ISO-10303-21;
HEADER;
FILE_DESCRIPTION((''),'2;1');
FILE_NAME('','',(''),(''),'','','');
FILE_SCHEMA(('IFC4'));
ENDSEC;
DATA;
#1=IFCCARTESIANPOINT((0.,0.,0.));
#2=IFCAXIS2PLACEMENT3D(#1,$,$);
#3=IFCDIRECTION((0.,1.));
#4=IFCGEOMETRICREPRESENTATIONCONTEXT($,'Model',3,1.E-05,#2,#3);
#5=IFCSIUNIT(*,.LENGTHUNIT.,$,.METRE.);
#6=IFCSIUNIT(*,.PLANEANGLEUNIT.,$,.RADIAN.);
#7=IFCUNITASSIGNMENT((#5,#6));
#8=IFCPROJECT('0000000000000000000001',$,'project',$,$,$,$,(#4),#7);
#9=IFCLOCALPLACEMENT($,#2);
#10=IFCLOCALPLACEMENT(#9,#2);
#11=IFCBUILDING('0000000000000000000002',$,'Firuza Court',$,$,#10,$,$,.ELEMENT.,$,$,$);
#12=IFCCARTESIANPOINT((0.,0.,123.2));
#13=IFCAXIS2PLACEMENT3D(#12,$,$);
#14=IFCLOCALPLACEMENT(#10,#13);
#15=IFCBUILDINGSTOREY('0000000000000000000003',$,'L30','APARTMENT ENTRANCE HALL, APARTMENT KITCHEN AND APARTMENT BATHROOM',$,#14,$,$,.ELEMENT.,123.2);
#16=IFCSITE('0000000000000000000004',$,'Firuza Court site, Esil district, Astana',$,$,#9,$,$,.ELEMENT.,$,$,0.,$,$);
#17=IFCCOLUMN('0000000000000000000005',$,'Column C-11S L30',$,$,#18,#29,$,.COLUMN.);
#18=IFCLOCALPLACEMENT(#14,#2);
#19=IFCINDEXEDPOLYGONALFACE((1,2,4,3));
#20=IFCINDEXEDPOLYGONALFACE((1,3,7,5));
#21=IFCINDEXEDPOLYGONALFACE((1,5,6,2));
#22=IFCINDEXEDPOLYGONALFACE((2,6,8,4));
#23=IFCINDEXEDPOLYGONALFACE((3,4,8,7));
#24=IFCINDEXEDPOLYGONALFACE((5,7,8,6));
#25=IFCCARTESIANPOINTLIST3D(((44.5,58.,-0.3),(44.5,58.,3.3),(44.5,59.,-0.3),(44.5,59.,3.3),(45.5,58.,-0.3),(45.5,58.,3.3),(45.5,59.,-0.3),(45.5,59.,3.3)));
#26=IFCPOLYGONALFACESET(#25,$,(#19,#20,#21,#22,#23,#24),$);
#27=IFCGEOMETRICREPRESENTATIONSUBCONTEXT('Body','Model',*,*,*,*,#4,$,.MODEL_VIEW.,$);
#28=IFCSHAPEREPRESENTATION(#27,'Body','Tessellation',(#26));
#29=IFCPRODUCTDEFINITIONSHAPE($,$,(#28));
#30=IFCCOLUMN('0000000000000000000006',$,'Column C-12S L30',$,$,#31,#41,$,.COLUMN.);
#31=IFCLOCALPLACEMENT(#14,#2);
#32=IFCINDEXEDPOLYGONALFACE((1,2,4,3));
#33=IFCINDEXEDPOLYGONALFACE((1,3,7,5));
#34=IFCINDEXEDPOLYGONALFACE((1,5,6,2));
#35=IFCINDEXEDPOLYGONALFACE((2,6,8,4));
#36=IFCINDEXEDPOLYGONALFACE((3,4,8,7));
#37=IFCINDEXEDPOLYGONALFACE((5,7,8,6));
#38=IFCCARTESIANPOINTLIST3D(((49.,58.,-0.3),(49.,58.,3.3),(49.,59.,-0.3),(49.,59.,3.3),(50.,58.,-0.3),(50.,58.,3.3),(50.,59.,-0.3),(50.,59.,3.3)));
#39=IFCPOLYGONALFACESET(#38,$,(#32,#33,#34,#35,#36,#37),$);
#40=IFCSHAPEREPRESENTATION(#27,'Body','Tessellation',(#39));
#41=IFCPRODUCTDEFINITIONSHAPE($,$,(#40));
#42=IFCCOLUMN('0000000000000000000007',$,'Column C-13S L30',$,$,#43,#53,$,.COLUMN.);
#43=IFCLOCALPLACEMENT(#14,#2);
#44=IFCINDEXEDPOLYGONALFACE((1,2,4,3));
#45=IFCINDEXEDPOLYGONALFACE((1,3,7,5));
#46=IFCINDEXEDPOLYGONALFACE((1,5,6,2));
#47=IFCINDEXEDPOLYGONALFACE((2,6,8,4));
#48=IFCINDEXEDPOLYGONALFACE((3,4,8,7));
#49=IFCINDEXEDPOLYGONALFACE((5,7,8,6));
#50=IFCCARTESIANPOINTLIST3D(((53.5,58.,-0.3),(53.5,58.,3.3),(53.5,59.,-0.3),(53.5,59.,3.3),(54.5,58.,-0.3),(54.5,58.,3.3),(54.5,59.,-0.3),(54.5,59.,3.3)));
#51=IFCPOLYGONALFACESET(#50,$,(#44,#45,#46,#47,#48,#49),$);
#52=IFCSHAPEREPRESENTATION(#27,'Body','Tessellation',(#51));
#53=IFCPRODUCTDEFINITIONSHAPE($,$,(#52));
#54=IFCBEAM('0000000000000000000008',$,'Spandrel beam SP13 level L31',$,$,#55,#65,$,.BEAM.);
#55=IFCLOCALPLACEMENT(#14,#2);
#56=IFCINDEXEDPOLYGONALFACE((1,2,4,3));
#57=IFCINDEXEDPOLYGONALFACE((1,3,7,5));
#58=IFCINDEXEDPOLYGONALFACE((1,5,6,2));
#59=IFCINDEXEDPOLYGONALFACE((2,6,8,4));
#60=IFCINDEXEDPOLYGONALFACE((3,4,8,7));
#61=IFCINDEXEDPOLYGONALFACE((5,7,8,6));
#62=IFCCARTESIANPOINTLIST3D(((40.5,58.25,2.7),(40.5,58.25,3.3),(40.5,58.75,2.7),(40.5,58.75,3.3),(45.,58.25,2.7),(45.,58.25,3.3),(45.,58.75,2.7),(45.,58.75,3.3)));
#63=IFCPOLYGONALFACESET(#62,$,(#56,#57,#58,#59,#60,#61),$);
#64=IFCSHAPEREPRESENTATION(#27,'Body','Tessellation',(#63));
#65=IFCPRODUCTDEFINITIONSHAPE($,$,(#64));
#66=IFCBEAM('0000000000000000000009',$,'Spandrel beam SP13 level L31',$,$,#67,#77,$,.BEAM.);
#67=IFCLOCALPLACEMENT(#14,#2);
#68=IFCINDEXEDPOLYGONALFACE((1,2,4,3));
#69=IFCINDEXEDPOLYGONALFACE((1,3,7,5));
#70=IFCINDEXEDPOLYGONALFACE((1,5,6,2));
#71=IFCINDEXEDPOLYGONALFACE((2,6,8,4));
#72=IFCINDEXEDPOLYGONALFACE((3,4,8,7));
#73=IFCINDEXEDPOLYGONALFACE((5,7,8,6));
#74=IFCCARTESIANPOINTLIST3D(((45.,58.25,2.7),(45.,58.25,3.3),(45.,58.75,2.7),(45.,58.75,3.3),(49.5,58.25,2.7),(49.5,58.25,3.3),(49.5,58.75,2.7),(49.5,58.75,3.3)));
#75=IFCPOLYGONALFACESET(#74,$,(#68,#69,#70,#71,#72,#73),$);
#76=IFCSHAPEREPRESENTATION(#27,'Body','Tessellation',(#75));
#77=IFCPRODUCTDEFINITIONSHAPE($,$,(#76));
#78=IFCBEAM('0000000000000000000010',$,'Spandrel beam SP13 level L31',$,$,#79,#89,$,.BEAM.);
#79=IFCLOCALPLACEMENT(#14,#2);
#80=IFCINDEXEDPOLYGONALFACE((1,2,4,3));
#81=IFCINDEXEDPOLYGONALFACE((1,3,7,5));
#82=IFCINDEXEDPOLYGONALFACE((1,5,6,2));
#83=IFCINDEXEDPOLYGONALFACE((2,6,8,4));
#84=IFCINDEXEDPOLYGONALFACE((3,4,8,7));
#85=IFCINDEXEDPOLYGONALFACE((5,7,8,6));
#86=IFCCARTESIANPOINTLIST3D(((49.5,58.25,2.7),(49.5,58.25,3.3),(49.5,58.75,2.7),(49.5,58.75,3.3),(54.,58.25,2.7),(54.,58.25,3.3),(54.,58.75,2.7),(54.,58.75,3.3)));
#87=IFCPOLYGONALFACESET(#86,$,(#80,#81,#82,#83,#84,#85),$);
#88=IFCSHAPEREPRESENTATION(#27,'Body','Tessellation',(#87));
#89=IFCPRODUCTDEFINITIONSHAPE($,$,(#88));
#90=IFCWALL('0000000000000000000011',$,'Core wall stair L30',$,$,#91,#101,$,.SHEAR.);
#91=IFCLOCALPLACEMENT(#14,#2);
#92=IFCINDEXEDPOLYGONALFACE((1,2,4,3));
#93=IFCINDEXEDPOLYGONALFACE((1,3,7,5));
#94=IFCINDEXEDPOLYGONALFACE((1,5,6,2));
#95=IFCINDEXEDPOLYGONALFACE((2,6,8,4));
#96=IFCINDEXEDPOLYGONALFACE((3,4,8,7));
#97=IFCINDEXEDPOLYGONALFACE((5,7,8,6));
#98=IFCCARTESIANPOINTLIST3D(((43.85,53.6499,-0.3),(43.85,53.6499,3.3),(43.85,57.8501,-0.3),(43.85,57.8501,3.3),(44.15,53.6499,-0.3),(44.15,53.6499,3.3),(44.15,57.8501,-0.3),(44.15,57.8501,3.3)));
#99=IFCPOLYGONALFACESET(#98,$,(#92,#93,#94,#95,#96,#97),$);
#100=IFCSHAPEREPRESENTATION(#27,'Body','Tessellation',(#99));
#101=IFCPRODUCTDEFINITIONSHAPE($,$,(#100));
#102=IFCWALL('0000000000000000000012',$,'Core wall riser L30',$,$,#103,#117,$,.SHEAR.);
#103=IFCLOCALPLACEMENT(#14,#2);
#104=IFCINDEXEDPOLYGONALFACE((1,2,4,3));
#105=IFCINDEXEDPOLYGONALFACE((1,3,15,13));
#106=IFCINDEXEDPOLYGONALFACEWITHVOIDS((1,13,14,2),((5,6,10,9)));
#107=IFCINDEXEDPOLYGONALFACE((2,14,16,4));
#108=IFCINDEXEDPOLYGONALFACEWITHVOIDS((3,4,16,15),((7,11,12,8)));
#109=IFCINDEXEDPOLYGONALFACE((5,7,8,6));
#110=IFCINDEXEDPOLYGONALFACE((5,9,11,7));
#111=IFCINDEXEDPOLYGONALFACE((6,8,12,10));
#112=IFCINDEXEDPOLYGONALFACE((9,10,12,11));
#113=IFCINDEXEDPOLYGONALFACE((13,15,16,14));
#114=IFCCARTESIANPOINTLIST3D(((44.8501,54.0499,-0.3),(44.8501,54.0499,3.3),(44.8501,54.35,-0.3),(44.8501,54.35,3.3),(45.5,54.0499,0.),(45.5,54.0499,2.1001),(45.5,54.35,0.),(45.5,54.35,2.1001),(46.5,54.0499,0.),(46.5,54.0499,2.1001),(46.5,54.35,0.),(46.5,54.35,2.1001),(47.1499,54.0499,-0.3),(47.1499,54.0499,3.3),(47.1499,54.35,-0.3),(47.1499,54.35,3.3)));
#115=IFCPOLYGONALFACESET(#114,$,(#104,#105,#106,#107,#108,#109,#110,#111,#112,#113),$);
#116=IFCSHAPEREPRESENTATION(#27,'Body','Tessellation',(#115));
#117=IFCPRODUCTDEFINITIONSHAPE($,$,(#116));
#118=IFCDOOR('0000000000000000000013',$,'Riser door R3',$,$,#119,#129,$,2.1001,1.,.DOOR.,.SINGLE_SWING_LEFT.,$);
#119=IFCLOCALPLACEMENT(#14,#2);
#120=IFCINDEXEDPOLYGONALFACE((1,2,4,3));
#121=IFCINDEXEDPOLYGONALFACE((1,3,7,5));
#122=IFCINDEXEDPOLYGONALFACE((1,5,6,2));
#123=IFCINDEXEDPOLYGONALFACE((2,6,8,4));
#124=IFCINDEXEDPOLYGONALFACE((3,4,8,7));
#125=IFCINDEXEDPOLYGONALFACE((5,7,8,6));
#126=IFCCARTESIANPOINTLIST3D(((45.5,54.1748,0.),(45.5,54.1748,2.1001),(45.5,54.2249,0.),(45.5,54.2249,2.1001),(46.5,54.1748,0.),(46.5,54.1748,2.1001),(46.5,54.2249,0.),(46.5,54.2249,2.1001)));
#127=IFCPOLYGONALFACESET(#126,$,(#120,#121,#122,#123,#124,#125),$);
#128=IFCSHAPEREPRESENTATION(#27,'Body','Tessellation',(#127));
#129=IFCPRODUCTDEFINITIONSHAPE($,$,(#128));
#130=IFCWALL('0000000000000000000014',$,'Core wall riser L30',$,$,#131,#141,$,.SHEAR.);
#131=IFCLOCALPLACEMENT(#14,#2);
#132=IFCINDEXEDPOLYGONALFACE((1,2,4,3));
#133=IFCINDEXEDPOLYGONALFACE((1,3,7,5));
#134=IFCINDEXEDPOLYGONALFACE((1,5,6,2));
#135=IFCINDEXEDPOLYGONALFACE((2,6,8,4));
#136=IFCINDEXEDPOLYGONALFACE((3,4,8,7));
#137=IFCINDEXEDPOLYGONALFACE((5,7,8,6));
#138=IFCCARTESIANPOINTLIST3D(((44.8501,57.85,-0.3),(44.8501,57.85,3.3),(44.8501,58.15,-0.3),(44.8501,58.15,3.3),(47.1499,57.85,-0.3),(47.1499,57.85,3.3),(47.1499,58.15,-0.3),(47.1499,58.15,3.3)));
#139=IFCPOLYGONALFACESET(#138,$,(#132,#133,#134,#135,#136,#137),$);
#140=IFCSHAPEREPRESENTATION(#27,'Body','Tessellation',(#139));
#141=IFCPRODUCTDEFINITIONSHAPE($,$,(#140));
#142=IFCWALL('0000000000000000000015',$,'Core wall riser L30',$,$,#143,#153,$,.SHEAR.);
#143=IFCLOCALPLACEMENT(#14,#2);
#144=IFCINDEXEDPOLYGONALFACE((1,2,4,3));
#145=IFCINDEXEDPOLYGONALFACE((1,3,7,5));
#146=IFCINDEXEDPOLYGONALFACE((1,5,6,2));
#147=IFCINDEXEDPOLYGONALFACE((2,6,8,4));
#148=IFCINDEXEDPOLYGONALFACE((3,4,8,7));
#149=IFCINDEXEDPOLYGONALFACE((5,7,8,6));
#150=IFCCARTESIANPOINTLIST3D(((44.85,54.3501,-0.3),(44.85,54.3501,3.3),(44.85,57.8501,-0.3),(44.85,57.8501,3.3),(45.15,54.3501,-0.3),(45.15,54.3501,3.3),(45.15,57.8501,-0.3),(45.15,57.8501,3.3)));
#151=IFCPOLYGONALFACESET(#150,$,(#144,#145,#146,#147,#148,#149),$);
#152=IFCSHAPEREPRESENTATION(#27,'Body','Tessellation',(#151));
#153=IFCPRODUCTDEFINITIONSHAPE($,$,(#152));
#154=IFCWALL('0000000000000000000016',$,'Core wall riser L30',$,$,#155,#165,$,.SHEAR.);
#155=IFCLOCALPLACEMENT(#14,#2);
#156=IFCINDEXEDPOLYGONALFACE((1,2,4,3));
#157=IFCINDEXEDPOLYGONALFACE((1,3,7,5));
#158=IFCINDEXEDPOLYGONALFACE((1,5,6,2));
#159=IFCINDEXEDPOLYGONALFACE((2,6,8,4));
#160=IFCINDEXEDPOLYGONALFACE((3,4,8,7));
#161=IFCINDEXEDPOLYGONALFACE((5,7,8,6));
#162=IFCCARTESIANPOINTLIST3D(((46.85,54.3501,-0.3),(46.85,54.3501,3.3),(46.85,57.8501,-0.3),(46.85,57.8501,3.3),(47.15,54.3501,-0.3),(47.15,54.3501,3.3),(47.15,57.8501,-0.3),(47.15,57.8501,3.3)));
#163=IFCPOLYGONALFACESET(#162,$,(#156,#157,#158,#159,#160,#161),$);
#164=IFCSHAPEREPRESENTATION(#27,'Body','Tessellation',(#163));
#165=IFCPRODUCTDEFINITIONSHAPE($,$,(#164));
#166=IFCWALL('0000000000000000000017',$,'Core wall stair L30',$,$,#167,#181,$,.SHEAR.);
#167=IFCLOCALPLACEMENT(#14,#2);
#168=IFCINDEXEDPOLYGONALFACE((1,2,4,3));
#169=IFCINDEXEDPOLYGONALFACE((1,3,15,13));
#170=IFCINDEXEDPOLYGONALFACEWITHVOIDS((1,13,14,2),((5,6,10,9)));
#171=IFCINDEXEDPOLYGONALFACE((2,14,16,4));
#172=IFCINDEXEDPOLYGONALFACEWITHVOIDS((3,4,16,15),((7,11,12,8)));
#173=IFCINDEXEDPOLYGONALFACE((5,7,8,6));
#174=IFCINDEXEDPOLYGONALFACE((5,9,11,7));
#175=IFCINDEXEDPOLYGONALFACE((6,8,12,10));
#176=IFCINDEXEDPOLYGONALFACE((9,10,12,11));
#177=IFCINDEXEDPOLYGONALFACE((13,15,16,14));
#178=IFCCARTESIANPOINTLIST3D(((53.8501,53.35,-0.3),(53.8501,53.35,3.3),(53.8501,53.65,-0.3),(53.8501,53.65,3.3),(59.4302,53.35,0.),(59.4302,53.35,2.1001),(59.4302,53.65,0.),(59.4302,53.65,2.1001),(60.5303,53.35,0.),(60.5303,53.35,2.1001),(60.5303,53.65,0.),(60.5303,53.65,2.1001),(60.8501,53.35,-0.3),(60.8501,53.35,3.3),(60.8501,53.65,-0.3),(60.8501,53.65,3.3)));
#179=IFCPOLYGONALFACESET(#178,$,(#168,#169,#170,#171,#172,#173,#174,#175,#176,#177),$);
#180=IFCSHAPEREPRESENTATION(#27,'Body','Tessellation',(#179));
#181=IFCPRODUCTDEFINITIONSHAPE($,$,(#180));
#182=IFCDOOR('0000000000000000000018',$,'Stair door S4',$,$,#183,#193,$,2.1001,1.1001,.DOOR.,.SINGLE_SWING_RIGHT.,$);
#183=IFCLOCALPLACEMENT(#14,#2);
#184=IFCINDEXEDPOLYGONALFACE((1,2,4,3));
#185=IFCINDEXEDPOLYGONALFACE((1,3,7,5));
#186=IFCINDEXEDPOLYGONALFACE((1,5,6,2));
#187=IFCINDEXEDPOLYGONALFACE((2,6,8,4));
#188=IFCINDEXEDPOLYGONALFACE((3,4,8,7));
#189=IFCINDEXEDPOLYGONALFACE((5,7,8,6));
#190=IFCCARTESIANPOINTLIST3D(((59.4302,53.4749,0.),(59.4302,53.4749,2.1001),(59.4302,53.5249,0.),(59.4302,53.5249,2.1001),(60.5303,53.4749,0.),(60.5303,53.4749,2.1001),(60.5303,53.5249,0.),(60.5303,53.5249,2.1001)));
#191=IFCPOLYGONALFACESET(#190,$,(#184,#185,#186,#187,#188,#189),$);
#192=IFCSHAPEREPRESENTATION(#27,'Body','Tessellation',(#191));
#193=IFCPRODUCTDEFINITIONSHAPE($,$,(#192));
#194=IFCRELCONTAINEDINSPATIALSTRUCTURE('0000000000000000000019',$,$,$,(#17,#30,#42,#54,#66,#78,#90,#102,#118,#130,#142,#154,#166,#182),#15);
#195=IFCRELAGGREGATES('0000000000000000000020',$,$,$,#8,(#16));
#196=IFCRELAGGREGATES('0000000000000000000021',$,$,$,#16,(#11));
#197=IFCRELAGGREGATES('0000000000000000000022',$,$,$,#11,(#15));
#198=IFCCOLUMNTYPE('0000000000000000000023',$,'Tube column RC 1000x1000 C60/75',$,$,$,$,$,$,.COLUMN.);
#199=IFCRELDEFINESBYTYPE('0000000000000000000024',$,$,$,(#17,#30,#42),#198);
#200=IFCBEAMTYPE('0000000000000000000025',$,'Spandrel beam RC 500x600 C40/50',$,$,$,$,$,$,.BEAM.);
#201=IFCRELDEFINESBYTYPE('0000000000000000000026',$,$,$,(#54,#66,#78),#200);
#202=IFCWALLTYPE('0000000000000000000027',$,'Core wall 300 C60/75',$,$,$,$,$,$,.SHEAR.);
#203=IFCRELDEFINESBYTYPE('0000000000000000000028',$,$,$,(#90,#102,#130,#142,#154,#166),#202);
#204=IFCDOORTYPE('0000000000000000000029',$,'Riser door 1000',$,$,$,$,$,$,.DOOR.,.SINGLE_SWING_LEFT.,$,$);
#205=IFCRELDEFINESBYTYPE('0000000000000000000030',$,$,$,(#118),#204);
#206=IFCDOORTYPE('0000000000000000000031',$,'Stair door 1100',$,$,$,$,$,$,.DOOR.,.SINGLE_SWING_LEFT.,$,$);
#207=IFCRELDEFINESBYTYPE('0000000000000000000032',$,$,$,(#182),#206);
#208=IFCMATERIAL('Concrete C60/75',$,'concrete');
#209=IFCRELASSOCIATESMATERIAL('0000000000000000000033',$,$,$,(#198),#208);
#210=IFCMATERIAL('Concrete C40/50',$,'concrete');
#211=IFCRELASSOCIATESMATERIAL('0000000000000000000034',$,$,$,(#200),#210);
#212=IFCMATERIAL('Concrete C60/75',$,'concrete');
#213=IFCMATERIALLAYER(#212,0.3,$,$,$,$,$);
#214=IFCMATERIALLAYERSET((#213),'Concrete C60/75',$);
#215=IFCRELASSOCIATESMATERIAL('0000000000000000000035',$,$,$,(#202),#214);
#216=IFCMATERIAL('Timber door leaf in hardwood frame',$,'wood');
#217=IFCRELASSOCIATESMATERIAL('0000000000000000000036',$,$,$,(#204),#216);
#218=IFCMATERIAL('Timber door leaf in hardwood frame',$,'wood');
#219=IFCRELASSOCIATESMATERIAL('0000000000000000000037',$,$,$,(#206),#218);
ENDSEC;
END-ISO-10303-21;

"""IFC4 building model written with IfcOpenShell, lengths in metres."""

from ifc_helpers import new_model, si_unit, direction, frame, frame_2d, origin, origin_2d, place, context, subcontext, project, spatial, rectangle, extrude, material, layer, layer_set, material_profile, profile_set, type_object, element, fill, save


model = new_model("IFC4")

# Units and contexts
model_context = context("Model", 3, precision=1e-05, world=origin(), true_north=direction((0.0, 1.0)))
body_context = subcontext(model_context, "Body", "Model", "MODEL_VIEW")
ifc_project = project(units=[si_unit("LENGTHUNIT", "METRE"), si_unit("PLANEANGLEUNIT", "RADIAN")], contexts=[model_context])

# Site, building, storey
site_placement = place(None, origin())
site = spatial("IfcSite", under=ifc_project, at=site_placement, Name="Firuza Court site, Esil district, Astana", CompositionType="ELEMENT", RefElevation=0.0)
building_placement = place(site_placement, origin())
building = spatial("IfcBuilding", under=site, at=building_placement, Name="Firuza Court", CompositionType="ELEMENT")
storey_placement = place(building_placement, frame((0.0, 0.0, 123.2)))
storey = spatial("IfcBuildingStorey", under=building, at=storey_placement, Name="L30", Description="APARTMENT ENTRANCE HALL, APARTMENT KITCHEN AND APARTMENT BATHROOM", CompositionType="ELEMENT", Elevation=123.2)

# Columns
ifc_material_1 = material(Name="Concrete C60/75", Category="concrete")
ifc_material_profile_1 = material_profile(ifc_material_1, rectangle(XDim=1.0, YDim=1.0, at=origin_2d()), Name="RC 1000x1000")
ifc_profile_set_1 = profile_set([ifc_material_profile_1], Name="Concrete C60/75")
column_type = type_object("IfcColumnType", Name="Tube column RC 1000x1000 C60/75", PredefinedType="COLUMN", material=ifc_profile_set_1)
for number, where, z_axis, x_axis, name in (
    (1, (45.0, 58.5, -0.3), (0.0, 0.0, 1.0), (1.0, 0.0, 0.0), "Column C-11S L30"),
    (2, (49.5, 58.5, -0.3), (0.0, 0.0, 1.0), (1.0, 0.0, 0.0), "Column C-12S L30"),
    (3, (54.0, 58.5, -0.3), (0.0, 0.0, 1.0), (1.0, 0.0, 0.0), "Column C-13S L30"),
):
    element("IfcColumn", number, at=place(storey_placement, frame(where, z_axis=z_axis, x_axis=x_axis)), inside=storey, type_object=column_type, Name=name, PredefinedType="COLUMN", context=body_context, shape_type="SweptSolid", body=[
        extrude(rectangle(XDim=1.0, YDim=1.0, at=origin_2d()), origin(), (0.0, 0.0, 1.0), 3.6001),
    ])

# Beams
ifc_material_2 = material(Name="Concrete C40/50", Category="concrete")
ifc_material_profile_2 = material_profile(ifc_material_2, rectangle(XDim=0.5, YDim=0.6001, at=origin_2d()), Name="RC 500x600")
ifc_profile_set_2 = profile_set([ifc_material_profile_2], Name="Concrete C40/50")
beam_type = type_object("IfcBeamType", Name="Spandrel beam RC 500x600 C40/50", PredefinedType="BEAM", material=ifc_profile_set_2)
for number, where, z_axis, x_axis, name in (
    (4, (45.0, 58.5, 3.0), (-1.0, 0.0, 0.0), (0.0, -1.0, 0.0), "Spandrel beam SP13 level L31"),
    (5, (49.5, 58.5, 3.0), (-1.0, 0.0, 0.0), (0.0, -1.0, 0.0), "Spandrel beam SP13 level L31"),
    (6, (54.0, 58.5, 3.0), (-1.0, 0.0, 0.0), (0.0, -1.0, 0.0), "Spandrel beam SP13 level L31"),
):
    element("IfcBeam", number, at=place(storey_placement, frame(where, z_axis=z_axis, x_axis=x_axis)), inside=storey, type_object=beam_type, Name=name, PredefinedType="BEAM", context=body_context, shape_type="SweptSolid", body=[
        extrude(rectangle(XDim=0.5, YDim=0.6001, at=origin_2d()), origin(), (0.0, 0.0, 1.0), 4.5),
    ])

# Wall
ifc_material_3 = material(Name="Concrete C60/75", Category="concrete")
ifc_layer_1 = layer(ifc_material_3, 0.3)
ifc_layer_set_1 = layer_set([ifc_layer_1], Name="Concrete C60/75")
wall_type_1 = type_object("IfcWallType", Name="Core wall 300 C60/75", PredefinedType="SHEAR", material=ifc_layer_set_1)
wall_1_placement = place(storey_placement, frame((44.0, 53.6499, -0.3), z_axis=(0.0, 0.0, 1.0), x_axis=(0.0, 1.0, 0.0)))
element("IfcWall", 7, at=wall_1_placement, inside=storey, type_object=wall_type_1, Name="Core wall stair L30", PredefinedType="SHEAR", context=body_context, shape_type="SweptSolid", body=[
    extrude(rectangle(XDim=4.2002, YDim=0.3, at=frame_2d((2.1001, 0.0))), origin(), (0.0, 0.0, 1.0), 3.6001),
])

# Wall, opening, door
wall_2_placement = place(storey_placement, frame((44.8501, 54.2, -0.3), z_axis=(0.0, 0.0, 1.0), x_axis=(1.0, 0.0, 0.0)))
wall_2 = element("IfcWall", 8, at=wall_2_placement, inside=storey, type_object=wall_type_1, Name="Core wall riser L30", PredefinedType="SHEAR", context=body_context, shape_type="SweptSolid", body=[
    extrude(rectangle(XDim=2.2998, YDim=0.3, at=frame_2d((1.1499, 0.0))), origin(), (0.0, 0.0, 1.0), 3.6001),
])
opening_1_placement = place(wall_2_placement, frame((0.6499, 0.0, 0.3)))
opening_1 = element("IfcOpeningElement", 9, at=opening_1_placement, cuts=wall_2, PredefinedType="OPENING", context=body_context, shape_type="SweptSolid", body=[
    extrude(rectangle(XDim=1.0, YDim=2.1001, at=frame_2d((0.5, 1.05))), frame((0.0, 0.1621, 0.0), z_axis=(0.0, -1.0, 0.0), x_axis=(1.0, 0.0, 0.0)), (0.0, 0.0, 1.0), 0.324),
])
ifc_material_4 = material(Name="Timber door leaf in hardwood frame", Category="wood")
door_type_1 = type_object("IfcDoorType", Name="Riser door 1000", OperationType="SINGLE_SWING_LEFT", PredefinedType="DOOR", material=ifc_material_4)
door_1_placement = place(opening_1_placement, origin())
door_1 = element("IfcDoor", 10, at=door_1_placement, inside=storey, type_object=door_type_1, Name="Riser door R3", OperationType="SINGLE_SWING_LEFT", OverallHeight=2.1001, OverallWidth=1.0, PredefinedType="DOOR", context=body_context, shape_type="SweptSolid", body=[
    extrude(rectangle(XDim=1.0, YDim=2.1001, at=frame_2d((0.5, 1.05))), frame((0.0, 0.0249, 0.0), z_axis=(0.0, -1.0, 0.0), x_axis=(1.0, 0.0, 0.0)), (0.0, 0.0, 1.0), 0.05),
])
fill(opening_1, door_1)

# Walls
wall_3_placement = place(storey_placement, frame((44.8501, 58.0, -0.3), z_axis=(0.0, 0.0, 1.0), x_axis=(1.0, 0.0, 0.0)))
element("IfcWall", 11, at=wall_3_placement, inside=storey, type_object=wall_type_1, Name="Core wall riser L30", PredefinedType="SHEAR", context=body_context, shape_type="SweptSolid", body=[
    extrude(rectangle(XDim=2.2998, YDim=0.3, at=frame_2d((1.1499, 0.0))), origin(), (0.0, 0.0, 1.0), 3.6001),
])
for number, where, z_axis, x_axis, name in (
    (12, (45.0, 54.3501, -0.3), (0.0, 0.0, 1.0), (0.0, 1.0, 0.0), "Core wall riser L30"),
    (13, (47.0, 54.3501, -0.3), (0.0, 0.0, 1.0), (0.0, 1.0, 0.0), "Core wall riser L30"),
):
    element("IfcWall", number, at=place(storey_placement, frame(where, z_axis=z_axis, x_axis=x_axis)), inside=storey, type_object=wall_type_1, Name=name, PredefinedType="SHEAR", context=body_context, shape_type="SweptSolid", body=[
        extrude(rectangle(XDim=3.5, YDim=0.3, at=frame_2d((1.75, 0.0))), origin(), (0.0, 0.0, 1.0), 3.6001),
    ])

# Wall, opening, door
wall_4_placement = place(storey_placement, frame((53.8501, 53.5, -0.3), z_axis=(0.0, 0.0, 1.0), x_axis=(1.0, 0.0, 0.0)))
wall_4 = element("IfcWall", 14, at=wall_4_placement, inside=storey, type_object=wall_type_1, Name="Core wall stair L30", PredefinedType="SHEAR", context=body_context, shape_type="SweptSolid", body=[
    extrude(rectangle(XDim=7.0, YDim=0.3, at=frame_2d((3.5, 0.0))), origin(), (0.0, 0.0, 1.0), 3.6001),
])
opening_2_placement = place(wall_4_placement, frame((5.5801, 0.0, 0.3)))
opening_2 = element("IfcOpeningElement", 15, at=opening_2_placement, cuts=wall_4, PredefinedType="OPENING", context=body_context, shape_type="SweptSolid", body=[
    extrude(rectangle(XDim=1.1001, YDim=2.1001, at=frame_2d((0.55, 1.05))), frame((0.0, 0.1621, 0.0), z_axis=(0.0, -1.0, 0.0), x_axis=(1.0, 0.0, 0.0)), (0.0, 0.0, 1.0), 0.324),
])
ifc_material_5 = material(Name="Timber door leaf in hardwood frame", Category="wood")
door_type_2 = type_object("IfcDoorType", Name="Stair door 1100", OperationType="SINGLE_SWING_LEFT", PredefinedType="DOOR", material=ifc_material_5)
door_2_placement = place(opening_2_placement, origin())
door_2 = element("IfcDoor", 16, at=door_2_placement, inside=storey, type_object=door_type_2, Name="Stair door S4", OperationType="SINGLE_SWING_RIGHT", OverallHeight=2.1001, OverallWidth=1.1001, PredefinedType="DOOR", context=body_context, shape_type="SweptSolid", body=[
    extrude(rectangle(XDim=1.1001, YDim=2.1001, at=frame_2d((0.55, 1.05))), frame((0.0, 0.0249, 0.0), z_axis=(0.0, -1.0, 0.0), x_axis=(1.0, 0.0, 0.0)), (0.0, 0.0, 1.0), 0.05),
])
fill(opening_2, door_2)

save(model, "model.ifc")
